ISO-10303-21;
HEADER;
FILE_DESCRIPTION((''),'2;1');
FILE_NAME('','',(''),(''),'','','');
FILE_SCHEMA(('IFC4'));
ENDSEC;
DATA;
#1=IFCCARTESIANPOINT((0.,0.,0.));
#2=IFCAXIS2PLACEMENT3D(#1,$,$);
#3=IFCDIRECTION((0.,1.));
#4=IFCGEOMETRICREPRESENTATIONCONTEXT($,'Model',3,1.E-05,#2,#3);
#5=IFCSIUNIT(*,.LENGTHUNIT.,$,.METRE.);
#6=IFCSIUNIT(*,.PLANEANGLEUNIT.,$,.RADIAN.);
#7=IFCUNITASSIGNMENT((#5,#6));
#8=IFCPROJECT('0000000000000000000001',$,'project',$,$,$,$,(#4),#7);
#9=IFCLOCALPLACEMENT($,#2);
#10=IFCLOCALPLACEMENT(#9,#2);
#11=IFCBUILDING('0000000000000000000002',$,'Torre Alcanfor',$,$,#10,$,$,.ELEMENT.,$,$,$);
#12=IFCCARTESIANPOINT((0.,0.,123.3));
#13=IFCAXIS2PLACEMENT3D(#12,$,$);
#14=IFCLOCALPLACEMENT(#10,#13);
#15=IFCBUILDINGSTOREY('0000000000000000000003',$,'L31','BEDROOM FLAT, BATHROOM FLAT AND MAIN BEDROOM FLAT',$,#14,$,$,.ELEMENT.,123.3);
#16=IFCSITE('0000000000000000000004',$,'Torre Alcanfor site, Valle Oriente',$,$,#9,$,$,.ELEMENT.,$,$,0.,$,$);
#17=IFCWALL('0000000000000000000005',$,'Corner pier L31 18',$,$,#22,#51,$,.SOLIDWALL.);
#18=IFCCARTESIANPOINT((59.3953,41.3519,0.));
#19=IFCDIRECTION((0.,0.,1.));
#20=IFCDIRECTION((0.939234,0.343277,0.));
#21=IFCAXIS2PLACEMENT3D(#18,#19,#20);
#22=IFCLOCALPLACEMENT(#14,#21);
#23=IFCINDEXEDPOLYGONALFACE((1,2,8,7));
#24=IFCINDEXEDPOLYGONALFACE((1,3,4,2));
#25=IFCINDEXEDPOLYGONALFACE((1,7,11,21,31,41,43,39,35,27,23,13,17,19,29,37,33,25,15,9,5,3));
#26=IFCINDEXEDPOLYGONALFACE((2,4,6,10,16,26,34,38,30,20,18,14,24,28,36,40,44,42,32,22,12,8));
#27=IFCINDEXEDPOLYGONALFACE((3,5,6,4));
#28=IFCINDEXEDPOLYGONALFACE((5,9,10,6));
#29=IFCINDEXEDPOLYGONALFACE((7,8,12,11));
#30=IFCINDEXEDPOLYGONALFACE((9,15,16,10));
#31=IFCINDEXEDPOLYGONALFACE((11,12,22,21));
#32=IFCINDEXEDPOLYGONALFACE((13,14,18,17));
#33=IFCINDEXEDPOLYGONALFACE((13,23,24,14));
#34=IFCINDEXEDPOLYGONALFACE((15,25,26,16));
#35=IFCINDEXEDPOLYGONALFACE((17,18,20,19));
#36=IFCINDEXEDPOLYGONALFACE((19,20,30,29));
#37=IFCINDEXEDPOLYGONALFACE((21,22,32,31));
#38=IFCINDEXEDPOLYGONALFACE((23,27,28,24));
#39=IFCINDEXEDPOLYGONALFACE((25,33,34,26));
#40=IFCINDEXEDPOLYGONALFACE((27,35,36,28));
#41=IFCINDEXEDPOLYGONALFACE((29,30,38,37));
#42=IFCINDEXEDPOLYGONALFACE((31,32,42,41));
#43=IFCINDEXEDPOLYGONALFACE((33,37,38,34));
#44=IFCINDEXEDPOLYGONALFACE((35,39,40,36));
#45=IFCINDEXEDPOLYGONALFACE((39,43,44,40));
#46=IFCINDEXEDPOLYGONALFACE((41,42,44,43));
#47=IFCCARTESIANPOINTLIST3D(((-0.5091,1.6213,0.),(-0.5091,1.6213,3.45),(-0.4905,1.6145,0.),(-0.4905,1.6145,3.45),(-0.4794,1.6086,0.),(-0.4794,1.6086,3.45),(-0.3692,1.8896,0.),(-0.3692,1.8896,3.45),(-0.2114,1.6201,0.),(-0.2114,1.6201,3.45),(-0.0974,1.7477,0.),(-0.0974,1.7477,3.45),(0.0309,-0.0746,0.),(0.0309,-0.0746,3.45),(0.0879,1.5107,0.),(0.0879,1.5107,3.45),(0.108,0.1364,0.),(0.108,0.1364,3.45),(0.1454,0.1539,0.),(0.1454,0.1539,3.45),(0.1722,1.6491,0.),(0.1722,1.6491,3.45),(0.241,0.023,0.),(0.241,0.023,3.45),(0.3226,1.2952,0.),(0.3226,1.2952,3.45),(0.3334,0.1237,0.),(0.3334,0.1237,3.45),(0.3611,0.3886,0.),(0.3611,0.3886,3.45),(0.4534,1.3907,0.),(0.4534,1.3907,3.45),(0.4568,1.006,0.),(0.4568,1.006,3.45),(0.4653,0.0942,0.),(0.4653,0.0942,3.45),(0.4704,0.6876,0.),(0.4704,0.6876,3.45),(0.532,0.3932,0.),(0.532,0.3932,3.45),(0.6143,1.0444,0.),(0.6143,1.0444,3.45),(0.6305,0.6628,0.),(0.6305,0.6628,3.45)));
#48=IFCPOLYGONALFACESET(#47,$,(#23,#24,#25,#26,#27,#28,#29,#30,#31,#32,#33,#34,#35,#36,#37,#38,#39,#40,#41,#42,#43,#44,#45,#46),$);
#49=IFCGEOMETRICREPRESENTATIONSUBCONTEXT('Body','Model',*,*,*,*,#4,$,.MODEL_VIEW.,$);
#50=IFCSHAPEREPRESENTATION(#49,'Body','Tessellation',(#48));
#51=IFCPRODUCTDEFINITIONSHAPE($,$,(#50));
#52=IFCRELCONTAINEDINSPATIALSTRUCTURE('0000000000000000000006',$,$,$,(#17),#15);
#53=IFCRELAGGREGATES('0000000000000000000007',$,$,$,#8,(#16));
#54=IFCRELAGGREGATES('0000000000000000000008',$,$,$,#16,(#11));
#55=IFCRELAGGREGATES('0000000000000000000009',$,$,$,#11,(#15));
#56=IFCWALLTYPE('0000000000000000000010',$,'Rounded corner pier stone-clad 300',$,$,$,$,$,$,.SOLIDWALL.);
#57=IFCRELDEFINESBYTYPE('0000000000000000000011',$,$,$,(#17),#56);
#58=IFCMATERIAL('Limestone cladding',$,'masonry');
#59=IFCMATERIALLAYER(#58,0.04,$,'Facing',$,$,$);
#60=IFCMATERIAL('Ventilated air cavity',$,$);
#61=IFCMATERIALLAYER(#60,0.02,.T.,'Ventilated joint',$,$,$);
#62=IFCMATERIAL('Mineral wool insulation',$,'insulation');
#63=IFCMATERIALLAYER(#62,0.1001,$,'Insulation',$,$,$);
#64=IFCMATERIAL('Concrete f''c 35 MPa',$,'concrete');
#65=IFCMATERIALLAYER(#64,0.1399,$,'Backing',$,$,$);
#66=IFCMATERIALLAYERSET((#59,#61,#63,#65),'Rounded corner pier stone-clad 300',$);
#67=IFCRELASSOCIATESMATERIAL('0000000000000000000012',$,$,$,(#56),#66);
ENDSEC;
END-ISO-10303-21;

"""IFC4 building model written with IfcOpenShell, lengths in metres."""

from ifc_helpers import new_model, si_unit, direction, frame, origin, place, context, subcontext, project, spatial, polyline, outline, extrude, material, layer, layer_set, type_object, element, save


model = new_model("IFC4")

# Units and contexts
model_context = context("Model", 3, precision=1e-05, world=origin(), true_north=direction((0.0, 1.0)))
body_context = subcontext(model_context, "Body", "Model", "MODEL_VIEW")
ifc_project = project(units=[si_unit("LENGTHUNIT", "METRE"), si_unit("PLANEANGLEUNIT", "RADIAN")], contexts=[model_context])

# Site, building, storey
site_placement = place(None, origin())
site = spatial("IfcSite", under=ifc_project, at=site_placement, Name="Torre Alcanfor site, Valle Oriente", CompositionType="ELEMENT", RefElevation=0.0)
building_placement = place(site_placement, origin())
building = spatial("IfcBuilding", under=site, at=building_placement, Name="Torre Alcanfor", CompositionType="ELEMENT")
storey_placement = place(building_placement, frame((0.0, 0.0, 123.3)))
storey = spatial("IfcBuildingStorey", under=building, at=storey_placement, Name="L31", Description="BEDROOM FLAT, BATHROOM FLAT AND MAIN BEDROOM FLAT", CompositionType="ELEMENT", Elevation=123.3)

# Shared definitions
ifc_material_1 = material(Name="Limestone cladding", Category="masonry")
ifc_material_2 = material(Name="Ventilated air cavity")
ifc_material_3 = material(Name="Mineral wool insulation", Category="insulation")
ifc_material_4 = material(Name="Concrete f'c 35 MPa", Category="concrete")

# Wall
ifc_layer_1 = layer(ifc_material_1, 0.04, Name="Facing")
ifc_layer_2 = layer(ifc_material_2, 0.02, ventilated=True, Name="Ventilated joint")
ifc_layer_3 = layer(ifc_material_3, 0.1001, Name="Insulation")
ifc_layer_4 = layer(ifc_material_4, 0.1399, Name="Backing")
ifc_layer_set_1 = layer_set([ifc_layer_1, ifc_layer_2, ifc_layer_3, ifc_layer_4], Name="Rounded corner pier stone-clad 300")
wall_type_1 = type_object("IfcWallType", Name="Rounded corner pier stone-clad 300", PredefinedType="SOLIDWALL", material=ifc_layer_set_1)
wall_1_placement = place(storey_placement, frame((59.3953, 41.3519, 0.0), z_axis=(0.0, 0.0, 1.0), x_axis=(0.939234, 0.343277, 0.0)))
element("IfcWall", 1, at=wall_1_placement, inside=storey, type_object=wall_type_1, Name="Corner pier L31 18", PredefinedType="SOLIDWALL", context=body_context, shape_type="SweptSolid", body=[
    extrude(outline(polyline([(0.532, 0.3932), (0.6305, 0.6628), (0.6143, 1.0444), (0.4534, 1.3907), (0.1722, 1.6491), (-0.0974, 1.7477), (-0.3692, 1.8896), (-0.5091, 1.6213), (-0.4905, 1.6145), (-0.4794, 1.6086), (-0.2114, 1.6201), (0.0879, 1.5107), (0.3226, 1.2952), (0.4568, 1.006), (0.4704, 0.6876), (0.3611, 0.3886), (0.1454, 0.1539), (0.108, 0.1364), (0.0309, -0.0746), (0.241, 0.023), (0.3334, 0.1237), (0.4653, 0.0942), (0.532, 0.3932)])), origin(), (0.0, 0.0, 1.0), 3.45),
])

save(model, "model.ifc")
